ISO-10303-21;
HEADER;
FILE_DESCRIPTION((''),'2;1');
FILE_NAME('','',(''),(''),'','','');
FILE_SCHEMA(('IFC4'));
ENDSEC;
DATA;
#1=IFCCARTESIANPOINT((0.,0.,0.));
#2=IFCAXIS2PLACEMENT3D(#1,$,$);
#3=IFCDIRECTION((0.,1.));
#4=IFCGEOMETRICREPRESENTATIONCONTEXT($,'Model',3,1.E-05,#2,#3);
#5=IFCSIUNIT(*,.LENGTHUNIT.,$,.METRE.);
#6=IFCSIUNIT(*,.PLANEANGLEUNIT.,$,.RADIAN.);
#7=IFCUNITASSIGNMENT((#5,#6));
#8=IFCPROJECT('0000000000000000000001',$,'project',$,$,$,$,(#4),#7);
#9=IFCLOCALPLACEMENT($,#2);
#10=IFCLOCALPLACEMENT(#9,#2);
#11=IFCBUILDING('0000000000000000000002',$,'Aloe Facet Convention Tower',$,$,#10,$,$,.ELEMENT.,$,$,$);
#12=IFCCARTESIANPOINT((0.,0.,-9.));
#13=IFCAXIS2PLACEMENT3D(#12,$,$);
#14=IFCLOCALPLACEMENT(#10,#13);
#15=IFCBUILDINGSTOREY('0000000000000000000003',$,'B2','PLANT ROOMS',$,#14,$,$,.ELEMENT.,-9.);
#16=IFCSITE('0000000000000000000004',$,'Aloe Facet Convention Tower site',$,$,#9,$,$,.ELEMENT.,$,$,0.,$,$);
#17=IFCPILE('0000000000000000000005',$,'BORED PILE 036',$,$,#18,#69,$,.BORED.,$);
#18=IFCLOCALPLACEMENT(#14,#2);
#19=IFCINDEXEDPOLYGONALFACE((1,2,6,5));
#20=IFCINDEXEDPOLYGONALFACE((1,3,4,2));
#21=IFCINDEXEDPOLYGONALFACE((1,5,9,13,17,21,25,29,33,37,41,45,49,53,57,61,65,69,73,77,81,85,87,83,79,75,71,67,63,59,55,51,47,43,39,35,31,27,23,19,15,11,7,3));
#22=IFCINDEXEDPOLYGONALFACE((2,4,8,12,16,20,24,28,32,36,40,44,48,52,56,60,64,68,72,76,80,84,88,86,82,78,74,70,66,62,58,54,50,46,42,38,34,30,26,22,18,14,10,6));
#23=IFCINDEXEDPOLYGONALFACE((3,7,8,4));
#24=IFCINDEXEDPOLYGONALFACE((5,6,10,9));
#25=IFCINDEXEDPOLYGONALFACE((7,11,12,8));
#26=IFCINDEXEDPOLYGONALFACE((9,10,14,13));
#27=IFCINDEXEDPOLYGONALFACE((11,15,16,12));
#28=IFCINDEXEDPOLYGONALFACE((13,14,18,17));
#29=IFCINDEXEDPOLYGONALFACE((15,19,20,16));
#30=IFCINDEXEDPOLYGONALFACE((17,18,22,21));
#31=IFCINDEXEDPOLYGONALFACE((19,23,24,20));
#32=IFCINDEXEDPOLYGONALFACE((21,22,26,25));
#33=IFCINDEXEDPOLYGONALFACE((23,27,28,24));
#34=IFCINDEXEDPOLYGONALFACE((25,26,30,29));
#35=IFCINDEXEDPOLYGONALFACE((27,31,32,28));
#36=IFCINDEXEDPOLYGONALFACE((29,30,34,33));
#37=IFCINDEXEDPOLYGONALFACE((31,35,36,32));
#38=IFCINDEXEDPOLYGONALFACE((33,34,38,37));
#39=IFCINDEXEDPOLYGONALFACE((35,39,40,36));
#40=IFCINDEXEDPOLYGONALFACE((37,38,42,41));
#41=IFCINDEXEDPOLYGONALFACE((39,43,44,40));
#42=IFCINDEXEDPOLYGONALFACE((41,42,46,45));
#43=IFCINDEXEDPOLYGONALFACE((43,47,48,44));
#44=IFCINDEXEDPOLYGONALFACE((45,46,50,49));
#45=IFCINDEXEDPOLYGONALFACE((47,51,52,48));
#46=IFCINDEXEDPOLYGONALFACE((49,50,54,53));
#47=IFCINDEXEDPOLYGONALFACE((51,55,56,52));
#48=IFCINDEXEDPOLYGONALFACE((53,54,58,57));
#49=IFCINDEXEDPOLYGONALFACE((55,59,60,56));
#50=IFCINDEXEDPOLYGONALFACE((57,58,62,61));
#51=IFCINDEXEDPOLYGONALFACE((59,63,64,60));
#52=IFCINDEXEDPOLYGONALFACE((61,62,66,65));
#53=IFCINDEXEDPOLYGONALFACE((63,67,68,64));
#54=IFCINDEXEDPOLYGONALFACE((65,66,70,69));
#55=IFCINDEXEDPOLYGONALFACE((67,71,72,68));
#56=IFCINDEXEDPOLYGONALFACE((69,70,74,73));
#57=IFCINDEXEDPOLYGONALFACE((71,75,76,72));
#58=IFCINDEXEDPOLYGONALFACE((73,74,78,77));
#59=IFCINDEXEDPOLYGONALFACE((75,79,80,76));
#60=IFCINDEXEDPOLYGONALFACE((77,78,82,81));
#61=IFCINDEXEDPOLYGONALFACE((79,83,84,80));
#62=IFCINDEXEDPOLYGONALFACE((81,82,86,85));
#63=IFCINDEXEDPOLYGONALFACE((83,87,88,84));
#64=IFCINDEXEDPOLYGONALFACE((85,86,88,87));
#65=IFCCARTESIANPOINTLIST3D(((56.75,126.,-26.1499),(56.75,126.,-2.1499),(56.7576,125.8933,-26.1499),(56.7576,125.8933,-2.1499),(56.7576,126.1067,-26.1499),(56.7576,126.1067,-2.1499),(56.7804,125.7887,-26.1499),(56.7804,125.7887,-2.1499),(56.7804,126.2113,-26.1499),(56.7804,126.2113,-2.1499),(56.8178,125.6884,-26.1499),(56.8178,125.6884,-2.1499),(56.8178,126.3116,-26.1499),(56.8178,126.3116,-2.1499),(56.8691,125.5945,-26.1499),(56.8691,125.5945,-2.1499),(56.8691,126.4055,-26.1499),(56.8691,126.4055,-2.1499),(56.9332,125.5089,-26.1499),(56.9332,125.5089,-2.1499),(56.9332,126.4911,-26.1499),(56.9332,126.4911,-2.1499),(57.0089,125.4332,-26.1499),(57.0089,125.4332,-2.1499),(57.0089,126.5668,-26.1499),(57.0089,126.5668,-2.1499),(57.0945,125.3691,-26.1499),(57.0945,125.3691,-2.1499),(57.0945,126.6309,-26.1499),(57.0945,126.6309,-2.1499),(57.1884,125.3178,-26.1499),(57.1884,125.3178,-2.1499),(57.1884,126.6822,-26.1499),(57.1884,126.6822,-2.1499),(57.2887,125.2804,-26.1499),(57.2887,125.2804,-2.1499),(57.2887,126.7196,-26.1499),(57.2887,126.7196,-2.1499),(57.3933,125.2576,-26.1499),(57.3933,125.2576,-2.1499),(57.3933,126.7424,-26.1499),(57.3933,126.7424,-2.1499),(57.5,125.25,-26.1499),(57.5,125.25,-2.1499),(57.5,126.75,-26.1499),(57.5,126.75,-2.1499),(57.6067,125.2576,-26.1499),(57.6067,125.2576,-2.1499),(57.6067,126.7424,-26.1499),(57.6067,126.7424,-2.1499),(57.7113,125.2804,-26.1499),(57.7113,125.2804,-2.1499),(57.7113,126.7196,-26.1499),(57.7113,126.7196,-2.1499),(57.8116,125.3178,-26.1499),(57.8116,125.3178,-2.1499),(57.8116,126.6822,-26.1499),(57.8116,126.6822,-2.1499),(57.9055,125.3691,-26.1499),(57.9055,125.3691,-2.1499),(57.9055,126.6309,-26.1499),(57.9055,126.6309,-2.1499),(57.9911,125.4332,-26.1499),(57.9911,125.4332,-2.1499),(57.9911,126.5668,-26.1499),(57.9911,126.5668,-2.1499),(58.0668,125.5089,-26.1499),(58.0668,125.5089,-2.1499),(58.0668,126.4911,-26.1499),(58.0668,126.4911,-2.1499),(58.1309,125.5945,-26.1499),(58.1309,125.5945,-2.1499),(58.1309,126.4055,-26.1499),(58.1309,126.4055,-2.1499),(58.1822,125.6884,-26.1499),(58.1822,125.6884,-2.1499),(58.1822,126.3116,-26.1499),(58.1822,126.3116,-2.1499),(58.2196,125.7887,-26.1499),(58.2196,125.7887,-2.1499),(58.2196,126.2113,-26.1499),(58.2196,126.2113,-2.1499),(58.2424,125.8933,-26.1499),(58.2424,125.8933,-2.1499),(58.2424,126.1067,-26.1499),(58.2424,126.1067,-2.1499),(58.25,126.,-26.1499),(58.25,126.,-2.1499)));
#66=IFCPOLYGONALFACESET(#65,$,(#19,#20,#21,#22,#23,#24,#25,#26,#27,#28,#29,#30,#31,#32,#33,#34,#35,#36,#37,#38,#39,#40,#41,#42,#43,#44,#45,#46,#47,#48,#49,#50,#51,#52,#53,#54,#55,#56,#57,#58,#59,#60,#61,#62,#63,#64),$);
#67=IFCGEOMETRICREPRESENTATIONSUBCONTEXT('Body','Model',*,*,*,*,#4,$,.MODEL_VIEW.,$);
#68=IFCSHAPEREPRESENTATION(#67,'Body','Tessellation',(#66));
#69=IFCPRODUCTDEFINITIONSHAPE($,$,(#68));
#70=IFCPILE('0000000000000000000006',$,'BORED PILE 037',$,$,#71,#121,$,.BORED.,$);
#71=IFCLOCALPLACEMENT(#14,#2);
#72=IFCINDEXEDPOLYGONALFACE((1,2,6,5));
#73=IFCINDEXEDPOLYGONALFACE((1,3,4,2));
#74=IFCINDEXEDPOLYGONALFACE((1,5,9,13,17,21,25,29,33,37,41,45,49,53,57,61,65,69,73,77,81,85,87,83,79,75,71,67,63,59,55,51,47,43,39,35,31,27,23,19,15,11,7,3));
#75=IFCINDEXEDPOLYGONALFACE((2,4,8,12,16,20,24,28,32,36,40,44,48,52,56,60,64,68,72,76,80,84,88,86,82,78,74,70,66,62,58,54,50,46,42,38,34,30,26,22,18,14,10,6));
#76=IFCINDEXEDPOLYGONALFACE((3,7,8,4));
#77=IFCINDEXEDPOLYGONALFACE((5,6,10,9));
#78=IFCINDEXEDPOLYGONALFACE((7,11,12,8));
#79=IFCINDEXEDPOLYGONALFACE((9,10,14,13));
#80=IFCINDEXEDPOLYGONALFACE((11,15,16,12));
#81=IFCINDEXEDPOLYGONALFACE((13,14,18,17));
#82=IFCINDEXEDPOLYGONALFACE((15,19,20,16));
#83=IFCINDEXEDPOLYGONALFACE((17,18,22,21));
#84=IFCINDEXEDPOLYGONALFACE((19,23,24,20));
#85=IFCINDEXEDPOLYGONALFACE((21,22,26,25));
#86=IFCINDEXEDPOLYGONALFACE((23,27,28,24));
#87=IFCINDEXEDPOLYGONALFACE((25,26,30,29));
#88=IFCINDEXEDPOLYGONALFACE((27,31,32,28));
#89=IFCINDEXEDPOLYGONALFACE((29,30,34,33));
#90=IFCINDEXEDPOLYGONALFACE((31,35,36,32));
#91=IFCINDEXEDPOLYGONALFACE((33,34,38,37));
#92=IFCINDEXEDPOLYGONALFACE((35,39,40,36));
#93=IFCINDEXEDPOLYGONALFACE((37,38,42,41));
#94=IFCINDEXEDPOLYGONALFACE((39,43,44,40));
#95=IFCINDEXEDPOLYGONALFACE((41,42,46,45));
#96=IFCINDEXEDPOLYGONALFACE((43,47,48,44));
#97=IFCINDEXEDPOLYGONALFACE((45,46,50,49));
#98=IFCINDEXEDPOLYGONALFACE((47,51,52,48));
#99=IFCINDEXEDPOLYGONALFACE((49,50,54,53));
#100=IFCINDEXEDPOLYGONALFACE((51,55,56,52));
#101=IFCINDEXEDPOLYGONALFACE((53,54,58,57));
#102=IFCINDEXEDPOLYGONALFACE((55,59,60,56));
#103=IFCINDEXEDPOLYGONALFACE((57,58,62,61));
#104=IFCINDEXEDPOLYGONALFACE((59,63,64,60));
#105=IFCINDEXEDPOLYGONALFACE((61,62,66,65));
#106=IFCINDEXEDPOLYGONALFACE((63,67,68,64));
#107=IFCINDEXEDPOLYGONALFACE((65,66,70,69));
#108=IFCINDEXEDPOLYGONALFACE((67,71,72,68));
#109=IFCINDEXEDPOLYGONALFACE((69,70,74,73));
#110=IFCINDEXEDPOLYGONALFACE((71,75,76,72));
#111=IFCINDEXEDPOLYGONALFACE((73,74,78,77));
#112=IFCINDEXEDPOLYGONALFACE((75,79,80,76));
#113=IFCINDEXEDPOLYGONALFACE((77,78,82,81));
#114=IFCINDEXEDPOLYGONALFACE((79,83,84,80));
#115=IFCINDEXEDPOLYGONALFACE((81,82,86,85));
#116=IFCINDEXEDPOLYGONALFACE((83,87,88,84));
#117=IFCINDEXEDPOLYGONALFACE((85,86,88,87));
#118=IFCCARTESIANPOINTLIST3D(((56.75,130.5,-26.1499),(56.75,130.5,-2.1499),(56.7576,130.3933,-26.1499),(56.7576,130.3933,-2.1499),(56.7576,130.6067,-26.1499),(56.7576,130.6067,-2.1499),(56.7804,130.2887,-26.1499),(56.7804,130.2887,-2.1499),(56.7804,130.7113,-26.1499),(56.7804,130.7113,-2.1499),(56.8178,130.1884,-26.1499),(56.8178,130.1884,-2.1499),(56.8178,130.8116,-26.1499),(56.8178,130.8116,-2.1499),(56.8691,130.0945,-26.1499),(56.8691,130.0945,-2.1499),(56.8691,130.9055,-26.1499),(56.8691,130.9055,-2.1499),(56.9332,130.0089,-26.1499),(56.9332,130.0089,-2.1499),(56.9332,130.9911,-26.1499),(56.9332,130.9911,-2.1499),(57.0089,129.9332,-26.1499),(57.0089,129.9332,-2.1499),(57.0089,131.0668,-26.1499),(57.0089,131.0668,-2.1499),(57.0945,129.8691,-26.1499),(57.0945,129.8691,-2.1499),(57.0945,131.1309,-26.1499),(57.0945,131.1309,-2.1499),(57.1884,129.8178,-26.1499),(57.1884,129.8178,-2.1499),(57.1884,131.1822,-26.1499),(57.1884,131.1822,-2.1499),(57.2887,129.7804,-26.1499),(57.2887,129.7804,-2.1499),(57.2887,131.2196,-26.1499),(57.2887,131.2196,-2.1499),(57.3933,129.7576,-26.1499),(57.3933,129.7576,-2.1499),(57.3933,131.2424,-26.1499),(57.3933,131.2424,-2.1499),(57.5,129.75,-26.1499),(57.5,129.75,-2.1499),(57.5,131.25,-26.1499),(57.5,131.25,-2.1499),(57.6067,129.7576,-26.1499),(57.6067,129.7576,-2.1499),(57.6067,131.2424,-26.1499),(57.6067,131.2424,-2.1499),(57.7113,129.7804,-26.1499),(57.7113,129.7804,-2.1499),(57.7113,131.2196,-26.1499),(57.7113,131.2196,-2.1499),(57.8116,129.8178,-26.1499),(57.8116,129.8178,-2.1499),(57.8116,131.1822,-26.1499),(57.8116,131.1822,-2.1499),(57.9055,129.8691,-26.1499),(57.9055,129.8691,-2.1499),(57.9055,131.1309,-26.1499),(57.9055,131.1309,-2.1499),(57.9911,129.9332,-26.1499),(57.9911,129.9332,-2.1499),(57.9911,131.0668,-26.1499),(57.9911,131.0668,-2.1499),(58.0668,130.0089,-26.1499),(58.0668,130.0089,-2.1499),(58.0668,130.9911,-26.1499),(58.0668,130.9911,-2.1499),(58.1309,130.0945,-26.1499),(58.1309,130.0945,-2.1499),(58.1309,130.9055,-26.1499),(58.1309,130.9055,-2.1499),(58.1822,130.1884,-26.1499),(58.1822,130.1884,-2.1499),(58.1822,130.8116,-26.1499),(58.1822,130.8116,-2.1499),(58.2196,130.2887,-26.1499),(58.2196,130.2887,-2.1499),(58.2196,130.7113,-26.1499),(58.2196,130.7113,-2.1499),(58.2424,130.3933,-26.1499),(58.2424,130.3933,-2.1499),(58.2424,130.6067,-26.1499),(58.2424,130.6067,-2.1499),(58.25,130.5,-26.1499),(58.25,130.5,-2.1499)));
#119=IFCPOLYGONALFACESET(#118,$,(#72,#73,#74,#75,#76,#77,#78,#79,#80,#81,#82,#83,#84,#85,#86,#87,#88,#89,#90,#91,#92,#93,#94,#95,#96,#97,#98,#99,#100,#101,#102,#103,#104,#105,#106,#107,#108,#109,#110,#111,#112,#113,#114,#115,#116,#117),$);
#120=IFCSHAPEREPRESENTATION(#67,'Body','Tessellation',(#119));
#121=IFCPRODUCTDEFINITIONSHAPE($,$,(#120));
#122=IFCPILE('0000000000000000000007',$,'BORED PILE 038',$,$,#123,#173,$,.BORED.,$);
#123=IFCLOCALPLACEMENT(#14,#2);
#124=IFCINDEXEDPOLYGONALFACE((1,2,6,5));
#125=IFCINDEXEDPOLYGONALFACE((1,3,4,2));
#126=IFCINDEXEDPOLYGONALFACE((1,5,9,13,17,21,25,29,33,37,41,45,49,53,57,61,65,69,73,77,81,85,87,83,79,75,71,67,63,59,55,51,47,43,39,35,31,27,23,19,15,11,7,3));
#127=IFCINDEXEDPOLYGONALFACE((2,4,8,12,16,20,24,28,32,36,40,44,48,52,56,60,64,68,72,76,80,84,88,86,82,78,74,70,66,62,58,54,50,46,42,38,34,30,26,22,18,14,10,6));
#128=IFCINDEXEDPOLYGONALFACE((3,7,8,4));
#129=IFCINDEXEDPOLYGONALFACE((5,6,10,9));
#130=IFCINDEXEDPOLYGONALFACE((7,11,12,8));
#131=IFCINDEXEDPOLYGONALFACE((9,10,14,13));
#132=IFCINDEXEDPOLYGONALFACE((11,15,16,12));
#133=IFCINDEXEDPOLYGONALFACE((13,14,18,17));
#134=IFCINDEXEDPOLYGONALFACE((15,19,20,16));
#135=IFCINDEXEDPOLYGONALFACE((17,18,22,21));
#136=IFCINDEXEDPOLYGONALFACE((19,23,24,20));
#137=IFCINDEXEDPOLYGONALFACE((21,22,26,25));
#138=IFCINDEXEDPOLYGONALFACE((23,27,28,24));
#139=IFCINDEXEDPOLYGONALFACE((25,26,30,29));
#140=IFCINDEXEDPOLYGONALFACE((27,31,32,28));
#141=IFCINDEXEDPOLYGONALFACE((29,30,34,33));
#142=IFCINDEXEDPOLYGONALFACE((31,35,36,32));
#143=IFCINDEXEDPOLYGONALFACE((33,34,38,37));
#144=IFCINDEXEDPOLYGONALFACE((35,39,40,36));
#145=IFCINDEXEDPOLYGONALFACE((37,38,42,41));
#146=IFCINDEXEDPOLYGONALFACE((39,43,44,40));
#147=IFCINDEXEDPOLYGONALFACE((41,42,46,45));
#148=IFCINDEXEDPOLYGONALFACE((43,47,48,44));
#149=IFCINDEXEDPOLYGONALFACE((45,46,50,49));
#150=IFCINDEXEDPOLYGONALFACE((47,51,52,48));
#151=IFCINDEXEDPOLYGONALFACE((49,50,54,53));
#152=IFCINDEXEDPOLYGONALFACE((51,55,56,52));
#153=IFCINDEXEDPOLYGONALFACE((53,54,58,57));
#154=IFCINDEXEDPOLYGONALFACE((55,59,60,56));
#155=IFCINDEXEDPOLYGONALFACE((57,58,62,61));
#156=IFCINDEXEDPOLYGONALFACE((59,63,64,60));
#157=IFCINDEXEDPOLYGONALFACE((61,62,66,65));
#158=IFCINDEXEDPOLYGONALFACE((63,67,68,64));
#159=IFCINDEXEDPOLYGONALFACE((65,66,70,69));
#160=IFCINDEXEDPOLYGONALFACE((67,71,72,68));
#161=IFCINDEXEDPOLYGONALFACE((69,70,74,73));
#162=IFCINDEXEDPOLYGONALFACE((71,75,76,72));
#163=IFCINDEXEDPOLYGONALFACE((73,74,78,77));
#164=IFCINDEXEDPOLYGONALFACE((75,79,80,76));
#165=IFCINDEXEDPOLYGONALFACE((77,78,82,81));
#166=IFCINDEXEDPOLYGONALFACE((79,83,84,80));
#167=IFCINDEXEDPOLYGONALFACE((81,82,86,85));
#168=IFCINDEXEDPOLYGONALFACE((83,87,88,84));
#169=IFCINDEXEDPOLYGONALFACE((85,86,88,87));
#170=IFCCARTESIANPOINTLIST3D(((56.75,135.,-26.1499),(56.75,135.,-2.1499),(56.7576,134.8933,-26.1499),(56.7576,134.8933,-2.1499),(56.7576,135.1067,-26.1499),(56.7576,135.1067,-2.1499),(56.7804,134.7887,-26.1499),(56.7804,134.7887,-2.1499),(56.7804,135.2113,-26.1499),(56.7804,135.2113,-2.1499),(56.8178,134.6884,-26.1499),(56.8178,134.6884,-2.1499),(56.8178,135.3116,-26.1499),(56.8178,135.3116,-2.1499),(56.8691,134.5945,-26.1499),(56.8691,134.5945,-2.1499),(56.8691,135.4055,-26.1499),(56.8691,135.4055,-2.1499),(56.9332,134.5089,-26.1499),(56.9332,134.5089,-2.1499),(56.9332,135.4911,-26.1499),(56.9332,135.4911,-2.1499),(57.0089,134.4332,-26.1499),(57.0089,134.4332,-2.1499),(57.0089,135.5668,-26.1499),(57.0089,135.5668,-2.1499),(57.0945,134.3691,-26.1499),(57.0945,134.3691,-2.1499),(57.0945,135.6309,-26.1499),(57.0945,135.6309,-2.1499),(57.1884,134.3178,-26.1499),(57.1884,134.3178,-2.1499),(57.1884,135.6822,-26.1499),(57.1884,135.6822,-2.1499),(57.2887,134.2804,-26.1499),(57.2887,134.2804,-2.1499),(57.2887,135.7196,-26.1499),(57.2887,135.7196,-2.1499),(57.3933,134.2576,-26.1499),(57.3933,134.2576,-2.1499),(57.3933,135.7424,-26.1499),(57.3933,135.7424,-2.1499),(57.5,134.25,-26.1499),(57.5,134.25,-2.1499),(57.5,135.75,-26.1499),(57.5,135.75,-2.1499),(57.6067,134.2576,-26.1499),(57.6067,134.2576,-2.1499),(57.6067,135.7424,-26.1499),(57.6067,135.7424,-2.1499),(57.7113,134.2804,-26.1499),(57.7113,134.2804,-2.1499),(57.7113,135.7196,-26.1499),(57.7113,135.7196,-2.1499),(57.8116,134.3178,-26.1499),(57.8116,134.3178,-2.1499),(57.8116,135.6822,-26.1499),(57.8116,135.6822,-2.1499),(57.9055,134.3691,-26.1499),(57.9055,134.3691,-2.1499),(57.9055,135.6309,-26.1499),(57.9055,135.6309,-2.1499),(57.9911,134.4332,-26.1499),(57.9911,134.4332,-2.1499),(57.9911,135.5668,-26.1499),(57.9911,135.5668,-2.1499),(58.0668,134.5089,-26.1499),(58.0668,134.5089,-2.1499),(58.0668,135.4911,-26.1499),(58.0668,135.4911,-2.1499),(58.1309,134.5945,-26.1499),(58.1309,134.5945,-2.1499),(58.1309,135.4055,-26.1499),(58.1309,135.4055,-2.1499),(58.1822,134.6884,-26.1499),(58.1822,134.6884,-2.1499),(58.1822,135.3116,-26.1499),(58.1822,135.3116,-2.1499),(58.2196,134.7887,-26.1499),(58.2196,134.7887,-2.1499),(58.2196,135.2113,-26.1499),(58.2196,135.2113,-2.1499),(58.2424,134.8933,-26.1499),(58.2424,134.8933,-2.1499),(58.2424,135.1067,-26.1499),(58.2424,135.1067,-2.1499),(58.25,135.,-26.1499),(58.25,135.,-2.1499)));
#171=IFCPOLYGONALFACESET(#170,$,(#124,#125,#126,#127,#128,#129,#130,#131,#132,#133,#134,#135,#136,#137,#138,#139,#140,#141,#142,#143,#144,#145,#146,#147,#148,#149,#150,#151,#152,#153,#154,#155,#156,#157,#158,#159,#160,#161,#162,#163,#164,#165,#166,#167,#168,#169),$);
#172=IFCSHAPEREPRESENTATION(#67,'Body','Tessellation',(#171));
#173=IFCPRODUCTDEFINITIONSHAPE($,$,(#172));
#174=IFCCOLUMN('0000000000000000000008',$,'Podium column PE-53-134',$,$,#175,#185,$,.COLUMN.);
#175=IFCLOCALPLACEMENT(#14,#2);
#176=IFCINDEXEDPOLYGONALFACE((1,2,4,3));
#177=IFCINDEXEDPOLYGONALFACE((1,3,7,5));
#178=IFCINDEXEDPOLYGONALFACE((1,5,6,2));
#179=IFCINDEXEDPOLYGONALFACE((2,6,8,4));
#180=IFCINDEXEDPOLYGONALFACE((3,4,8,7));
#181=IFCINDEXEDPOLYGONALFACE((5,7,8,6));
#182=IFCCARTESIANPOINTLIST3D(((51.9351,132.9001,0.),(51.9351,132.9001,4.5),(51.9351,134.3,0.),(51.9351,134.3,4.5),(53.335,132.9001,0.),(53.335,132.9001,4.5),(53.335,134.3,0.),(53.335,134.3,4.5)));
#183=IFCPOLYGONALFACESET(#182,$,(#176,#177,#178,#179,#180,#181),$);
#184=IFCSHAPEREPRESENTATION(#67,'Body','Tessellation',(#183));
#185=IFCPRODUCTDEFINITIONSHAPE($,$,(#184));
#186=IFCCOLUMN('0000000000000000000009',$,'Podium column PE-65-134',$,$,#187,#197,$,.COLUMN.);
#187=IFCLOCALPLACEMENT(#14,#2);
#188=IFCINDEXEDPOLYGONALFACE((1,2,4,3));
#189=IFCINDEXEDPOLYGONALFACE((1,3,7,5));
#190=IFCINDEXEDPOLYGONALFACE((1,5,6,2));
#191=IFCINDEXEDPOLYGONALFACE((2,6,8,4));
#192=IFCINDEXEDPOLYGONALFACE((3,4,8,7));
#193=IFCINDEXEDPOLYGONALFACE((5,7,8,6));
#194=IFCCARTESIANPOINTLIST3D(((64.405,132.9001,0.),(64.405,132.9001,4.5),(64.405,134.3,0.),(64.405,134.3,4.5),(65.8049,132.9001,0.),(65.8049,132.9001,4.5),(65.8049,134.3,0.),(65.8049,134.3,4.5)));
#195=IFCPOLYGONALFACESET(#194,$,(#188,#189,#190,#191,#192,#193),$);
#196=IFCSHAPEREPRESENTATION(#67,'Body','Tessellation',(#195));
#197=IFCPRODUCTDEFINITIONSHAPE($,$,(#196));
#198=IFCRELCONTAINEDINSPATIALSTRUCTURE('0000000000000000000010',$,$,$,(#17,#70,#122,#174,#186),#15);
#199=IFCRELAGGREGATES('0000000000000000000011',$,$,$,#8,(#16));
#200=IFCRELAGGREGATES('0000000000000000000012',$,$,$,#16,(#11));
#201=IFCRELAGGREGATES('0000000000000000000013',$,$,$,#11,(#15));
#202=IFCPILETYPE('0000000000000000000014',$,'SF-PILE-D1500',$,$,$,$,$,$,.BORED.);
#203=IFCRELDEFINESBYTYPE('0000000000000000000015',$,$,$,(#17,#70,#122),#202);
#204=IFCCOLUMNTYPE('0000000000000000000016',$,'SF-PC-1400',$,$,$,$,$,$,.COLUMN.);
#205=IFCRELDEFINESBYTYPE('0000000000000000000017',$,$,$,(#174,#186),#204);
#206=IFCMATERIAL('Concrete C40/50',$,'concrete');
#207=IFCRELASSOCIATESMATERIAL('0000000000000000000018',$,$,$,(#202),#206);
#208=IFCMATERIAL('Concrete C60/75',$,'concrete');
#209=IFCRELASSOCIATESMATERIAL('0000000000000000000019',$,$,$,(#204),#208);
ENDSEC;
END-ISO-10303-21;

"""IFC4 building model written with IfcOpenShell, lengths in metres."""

from ifc_helpers import new_model, si_unit, direction, frame, origin, origin_2d, place, context, subcontext, project, spatial, rectangle, circle, extrude, material, material_profile, profile_set, type_object, element, save


model = new_model("IFC4")

# Units and contexts
model_context = context("Model", 3, precision=1e-05, world=origin(), true_north=direction((0.0, 1.0)))
body_context = subcontext(model_context, "Body", "Model", "MODEL_VIEW")
ifc_project = project(units=[si_unit("LENGTHUNIT", "METRE"), si_unit("PLANEANGLEUNIT", "RADIAN")], contexts=[model_context])

# Site, building, storey
site_placement = place(None, origin())
site = spatial("IfcSite", under=ifc_project, at=site_placement, Name="Aloe Facet Convention Tower site", CompositionType="ELEMENT", RefElevation=0.0)
building_placement = place(site_placement, origin())
building = spatial("IfcBuilding", under=site, at=building_placement, Name="Aloe Facet Convention Tower", CompositionType="ELEMENT")
storey_placement = place(building_placement, frame((0.0, 0.0, -9.0)))
storey = spatial("IfcBuildingStorey", under=building, at=storey_placement, Name="B2", Description="PLANT ROOMS", CompositionType="ELEMENT", Elevation=-9.0)

# Piles
ifc_material_1 = material(Name="Concrete C40/50", Category="concrete")
ifc_material_profile_1 = material_profile(ifc_material_1, circle(Radius=0.75, at=origin_2d()), Name="D1500")
ifc_profile_set_1 = profile_set([ifc_material_profile_1], Name="Concrete C40/50")
pile_type = type_object("IfcPileType", Name="SF-PILE-D1500", PredefinedType="BORED", material=ifc_profile_set_1)
for number, where, z_axis, x_axis, name in (
    (1, (57.5, 126.0, -2.1499), (0.0, 0.0, -1.0), (1.0, 0.0, 0.0), "BORED PILE 036"),
    (2, (57.5, 130.5, -2.1499), (0.0, 0.0, -1.0), (1.0, 0.0, 0.0), "BORED PILE 037"),
    (3, (57.5, 135.0, -2.1499), (0.0, 0.0, -1.0), (1.0, 0.0, 0.0), "BORED PILE 038"),
):
    element("IfcPile", number, at=place(storey_placement, frame(where, z_axis=z_axis, x_axis=x_axis)), inside=storey, type_object=pile_type, Name=name, PredefinedType="BORED", context=body_context, shape_type="SweptSolid", body=[
        extrude(circle(Radius=0.75, at=origin_2d()), origin(), (0.0, 0.0, 1.0), 24.0),
    ])

# Columns
ifc_material_2 = material(Name="Concrete C60/75", Category="concrete")
ifc_material_profile_2 = material_profile(ifc_material_2, rectangle(XDim=1.3999, YDim=1.3999, at=origin_2d()), Name="SF-PC-1400")
ifc_profile_set_2 = profile_set([ifc_material_profile_2], Name="Concrete C60/75")
column_type_1 = type_object("IfcColumnType", Name="SF-PC-1400", PredefinedType="COLUMN", material=ifc_profile_set_2)
for number, where, z_axis, x_axis, name in (
    (4, (52.635, 133.6001, 0.0), (0.0, 0.0, 1.0), (1.0, 0.0, 0.0), "Podium column PE-53-134"),
    (5, (65.105, 133.6001, 0.0), (0.0, 0.0, 1.0), (1.0, 0.0, 0.0), "Podium column PE-65-134"),
):
    element("IfcColumn", number, at=place(storey_placement, frame(where, z_axis=z_axis, x_axis=x_axis)), inside=storey, type_object=column_type_1, Name=name, PredefinedType="COLUMN", context=body_context, shape_type="SweptSolid", body=[
        extrude(rectangle(XDim=1.3999, YDim=1.3999, at=origin_2d()), origin(), (0.0, 0.0, 1.0), 4.5),
    ])

save(model, "model.ifc")
